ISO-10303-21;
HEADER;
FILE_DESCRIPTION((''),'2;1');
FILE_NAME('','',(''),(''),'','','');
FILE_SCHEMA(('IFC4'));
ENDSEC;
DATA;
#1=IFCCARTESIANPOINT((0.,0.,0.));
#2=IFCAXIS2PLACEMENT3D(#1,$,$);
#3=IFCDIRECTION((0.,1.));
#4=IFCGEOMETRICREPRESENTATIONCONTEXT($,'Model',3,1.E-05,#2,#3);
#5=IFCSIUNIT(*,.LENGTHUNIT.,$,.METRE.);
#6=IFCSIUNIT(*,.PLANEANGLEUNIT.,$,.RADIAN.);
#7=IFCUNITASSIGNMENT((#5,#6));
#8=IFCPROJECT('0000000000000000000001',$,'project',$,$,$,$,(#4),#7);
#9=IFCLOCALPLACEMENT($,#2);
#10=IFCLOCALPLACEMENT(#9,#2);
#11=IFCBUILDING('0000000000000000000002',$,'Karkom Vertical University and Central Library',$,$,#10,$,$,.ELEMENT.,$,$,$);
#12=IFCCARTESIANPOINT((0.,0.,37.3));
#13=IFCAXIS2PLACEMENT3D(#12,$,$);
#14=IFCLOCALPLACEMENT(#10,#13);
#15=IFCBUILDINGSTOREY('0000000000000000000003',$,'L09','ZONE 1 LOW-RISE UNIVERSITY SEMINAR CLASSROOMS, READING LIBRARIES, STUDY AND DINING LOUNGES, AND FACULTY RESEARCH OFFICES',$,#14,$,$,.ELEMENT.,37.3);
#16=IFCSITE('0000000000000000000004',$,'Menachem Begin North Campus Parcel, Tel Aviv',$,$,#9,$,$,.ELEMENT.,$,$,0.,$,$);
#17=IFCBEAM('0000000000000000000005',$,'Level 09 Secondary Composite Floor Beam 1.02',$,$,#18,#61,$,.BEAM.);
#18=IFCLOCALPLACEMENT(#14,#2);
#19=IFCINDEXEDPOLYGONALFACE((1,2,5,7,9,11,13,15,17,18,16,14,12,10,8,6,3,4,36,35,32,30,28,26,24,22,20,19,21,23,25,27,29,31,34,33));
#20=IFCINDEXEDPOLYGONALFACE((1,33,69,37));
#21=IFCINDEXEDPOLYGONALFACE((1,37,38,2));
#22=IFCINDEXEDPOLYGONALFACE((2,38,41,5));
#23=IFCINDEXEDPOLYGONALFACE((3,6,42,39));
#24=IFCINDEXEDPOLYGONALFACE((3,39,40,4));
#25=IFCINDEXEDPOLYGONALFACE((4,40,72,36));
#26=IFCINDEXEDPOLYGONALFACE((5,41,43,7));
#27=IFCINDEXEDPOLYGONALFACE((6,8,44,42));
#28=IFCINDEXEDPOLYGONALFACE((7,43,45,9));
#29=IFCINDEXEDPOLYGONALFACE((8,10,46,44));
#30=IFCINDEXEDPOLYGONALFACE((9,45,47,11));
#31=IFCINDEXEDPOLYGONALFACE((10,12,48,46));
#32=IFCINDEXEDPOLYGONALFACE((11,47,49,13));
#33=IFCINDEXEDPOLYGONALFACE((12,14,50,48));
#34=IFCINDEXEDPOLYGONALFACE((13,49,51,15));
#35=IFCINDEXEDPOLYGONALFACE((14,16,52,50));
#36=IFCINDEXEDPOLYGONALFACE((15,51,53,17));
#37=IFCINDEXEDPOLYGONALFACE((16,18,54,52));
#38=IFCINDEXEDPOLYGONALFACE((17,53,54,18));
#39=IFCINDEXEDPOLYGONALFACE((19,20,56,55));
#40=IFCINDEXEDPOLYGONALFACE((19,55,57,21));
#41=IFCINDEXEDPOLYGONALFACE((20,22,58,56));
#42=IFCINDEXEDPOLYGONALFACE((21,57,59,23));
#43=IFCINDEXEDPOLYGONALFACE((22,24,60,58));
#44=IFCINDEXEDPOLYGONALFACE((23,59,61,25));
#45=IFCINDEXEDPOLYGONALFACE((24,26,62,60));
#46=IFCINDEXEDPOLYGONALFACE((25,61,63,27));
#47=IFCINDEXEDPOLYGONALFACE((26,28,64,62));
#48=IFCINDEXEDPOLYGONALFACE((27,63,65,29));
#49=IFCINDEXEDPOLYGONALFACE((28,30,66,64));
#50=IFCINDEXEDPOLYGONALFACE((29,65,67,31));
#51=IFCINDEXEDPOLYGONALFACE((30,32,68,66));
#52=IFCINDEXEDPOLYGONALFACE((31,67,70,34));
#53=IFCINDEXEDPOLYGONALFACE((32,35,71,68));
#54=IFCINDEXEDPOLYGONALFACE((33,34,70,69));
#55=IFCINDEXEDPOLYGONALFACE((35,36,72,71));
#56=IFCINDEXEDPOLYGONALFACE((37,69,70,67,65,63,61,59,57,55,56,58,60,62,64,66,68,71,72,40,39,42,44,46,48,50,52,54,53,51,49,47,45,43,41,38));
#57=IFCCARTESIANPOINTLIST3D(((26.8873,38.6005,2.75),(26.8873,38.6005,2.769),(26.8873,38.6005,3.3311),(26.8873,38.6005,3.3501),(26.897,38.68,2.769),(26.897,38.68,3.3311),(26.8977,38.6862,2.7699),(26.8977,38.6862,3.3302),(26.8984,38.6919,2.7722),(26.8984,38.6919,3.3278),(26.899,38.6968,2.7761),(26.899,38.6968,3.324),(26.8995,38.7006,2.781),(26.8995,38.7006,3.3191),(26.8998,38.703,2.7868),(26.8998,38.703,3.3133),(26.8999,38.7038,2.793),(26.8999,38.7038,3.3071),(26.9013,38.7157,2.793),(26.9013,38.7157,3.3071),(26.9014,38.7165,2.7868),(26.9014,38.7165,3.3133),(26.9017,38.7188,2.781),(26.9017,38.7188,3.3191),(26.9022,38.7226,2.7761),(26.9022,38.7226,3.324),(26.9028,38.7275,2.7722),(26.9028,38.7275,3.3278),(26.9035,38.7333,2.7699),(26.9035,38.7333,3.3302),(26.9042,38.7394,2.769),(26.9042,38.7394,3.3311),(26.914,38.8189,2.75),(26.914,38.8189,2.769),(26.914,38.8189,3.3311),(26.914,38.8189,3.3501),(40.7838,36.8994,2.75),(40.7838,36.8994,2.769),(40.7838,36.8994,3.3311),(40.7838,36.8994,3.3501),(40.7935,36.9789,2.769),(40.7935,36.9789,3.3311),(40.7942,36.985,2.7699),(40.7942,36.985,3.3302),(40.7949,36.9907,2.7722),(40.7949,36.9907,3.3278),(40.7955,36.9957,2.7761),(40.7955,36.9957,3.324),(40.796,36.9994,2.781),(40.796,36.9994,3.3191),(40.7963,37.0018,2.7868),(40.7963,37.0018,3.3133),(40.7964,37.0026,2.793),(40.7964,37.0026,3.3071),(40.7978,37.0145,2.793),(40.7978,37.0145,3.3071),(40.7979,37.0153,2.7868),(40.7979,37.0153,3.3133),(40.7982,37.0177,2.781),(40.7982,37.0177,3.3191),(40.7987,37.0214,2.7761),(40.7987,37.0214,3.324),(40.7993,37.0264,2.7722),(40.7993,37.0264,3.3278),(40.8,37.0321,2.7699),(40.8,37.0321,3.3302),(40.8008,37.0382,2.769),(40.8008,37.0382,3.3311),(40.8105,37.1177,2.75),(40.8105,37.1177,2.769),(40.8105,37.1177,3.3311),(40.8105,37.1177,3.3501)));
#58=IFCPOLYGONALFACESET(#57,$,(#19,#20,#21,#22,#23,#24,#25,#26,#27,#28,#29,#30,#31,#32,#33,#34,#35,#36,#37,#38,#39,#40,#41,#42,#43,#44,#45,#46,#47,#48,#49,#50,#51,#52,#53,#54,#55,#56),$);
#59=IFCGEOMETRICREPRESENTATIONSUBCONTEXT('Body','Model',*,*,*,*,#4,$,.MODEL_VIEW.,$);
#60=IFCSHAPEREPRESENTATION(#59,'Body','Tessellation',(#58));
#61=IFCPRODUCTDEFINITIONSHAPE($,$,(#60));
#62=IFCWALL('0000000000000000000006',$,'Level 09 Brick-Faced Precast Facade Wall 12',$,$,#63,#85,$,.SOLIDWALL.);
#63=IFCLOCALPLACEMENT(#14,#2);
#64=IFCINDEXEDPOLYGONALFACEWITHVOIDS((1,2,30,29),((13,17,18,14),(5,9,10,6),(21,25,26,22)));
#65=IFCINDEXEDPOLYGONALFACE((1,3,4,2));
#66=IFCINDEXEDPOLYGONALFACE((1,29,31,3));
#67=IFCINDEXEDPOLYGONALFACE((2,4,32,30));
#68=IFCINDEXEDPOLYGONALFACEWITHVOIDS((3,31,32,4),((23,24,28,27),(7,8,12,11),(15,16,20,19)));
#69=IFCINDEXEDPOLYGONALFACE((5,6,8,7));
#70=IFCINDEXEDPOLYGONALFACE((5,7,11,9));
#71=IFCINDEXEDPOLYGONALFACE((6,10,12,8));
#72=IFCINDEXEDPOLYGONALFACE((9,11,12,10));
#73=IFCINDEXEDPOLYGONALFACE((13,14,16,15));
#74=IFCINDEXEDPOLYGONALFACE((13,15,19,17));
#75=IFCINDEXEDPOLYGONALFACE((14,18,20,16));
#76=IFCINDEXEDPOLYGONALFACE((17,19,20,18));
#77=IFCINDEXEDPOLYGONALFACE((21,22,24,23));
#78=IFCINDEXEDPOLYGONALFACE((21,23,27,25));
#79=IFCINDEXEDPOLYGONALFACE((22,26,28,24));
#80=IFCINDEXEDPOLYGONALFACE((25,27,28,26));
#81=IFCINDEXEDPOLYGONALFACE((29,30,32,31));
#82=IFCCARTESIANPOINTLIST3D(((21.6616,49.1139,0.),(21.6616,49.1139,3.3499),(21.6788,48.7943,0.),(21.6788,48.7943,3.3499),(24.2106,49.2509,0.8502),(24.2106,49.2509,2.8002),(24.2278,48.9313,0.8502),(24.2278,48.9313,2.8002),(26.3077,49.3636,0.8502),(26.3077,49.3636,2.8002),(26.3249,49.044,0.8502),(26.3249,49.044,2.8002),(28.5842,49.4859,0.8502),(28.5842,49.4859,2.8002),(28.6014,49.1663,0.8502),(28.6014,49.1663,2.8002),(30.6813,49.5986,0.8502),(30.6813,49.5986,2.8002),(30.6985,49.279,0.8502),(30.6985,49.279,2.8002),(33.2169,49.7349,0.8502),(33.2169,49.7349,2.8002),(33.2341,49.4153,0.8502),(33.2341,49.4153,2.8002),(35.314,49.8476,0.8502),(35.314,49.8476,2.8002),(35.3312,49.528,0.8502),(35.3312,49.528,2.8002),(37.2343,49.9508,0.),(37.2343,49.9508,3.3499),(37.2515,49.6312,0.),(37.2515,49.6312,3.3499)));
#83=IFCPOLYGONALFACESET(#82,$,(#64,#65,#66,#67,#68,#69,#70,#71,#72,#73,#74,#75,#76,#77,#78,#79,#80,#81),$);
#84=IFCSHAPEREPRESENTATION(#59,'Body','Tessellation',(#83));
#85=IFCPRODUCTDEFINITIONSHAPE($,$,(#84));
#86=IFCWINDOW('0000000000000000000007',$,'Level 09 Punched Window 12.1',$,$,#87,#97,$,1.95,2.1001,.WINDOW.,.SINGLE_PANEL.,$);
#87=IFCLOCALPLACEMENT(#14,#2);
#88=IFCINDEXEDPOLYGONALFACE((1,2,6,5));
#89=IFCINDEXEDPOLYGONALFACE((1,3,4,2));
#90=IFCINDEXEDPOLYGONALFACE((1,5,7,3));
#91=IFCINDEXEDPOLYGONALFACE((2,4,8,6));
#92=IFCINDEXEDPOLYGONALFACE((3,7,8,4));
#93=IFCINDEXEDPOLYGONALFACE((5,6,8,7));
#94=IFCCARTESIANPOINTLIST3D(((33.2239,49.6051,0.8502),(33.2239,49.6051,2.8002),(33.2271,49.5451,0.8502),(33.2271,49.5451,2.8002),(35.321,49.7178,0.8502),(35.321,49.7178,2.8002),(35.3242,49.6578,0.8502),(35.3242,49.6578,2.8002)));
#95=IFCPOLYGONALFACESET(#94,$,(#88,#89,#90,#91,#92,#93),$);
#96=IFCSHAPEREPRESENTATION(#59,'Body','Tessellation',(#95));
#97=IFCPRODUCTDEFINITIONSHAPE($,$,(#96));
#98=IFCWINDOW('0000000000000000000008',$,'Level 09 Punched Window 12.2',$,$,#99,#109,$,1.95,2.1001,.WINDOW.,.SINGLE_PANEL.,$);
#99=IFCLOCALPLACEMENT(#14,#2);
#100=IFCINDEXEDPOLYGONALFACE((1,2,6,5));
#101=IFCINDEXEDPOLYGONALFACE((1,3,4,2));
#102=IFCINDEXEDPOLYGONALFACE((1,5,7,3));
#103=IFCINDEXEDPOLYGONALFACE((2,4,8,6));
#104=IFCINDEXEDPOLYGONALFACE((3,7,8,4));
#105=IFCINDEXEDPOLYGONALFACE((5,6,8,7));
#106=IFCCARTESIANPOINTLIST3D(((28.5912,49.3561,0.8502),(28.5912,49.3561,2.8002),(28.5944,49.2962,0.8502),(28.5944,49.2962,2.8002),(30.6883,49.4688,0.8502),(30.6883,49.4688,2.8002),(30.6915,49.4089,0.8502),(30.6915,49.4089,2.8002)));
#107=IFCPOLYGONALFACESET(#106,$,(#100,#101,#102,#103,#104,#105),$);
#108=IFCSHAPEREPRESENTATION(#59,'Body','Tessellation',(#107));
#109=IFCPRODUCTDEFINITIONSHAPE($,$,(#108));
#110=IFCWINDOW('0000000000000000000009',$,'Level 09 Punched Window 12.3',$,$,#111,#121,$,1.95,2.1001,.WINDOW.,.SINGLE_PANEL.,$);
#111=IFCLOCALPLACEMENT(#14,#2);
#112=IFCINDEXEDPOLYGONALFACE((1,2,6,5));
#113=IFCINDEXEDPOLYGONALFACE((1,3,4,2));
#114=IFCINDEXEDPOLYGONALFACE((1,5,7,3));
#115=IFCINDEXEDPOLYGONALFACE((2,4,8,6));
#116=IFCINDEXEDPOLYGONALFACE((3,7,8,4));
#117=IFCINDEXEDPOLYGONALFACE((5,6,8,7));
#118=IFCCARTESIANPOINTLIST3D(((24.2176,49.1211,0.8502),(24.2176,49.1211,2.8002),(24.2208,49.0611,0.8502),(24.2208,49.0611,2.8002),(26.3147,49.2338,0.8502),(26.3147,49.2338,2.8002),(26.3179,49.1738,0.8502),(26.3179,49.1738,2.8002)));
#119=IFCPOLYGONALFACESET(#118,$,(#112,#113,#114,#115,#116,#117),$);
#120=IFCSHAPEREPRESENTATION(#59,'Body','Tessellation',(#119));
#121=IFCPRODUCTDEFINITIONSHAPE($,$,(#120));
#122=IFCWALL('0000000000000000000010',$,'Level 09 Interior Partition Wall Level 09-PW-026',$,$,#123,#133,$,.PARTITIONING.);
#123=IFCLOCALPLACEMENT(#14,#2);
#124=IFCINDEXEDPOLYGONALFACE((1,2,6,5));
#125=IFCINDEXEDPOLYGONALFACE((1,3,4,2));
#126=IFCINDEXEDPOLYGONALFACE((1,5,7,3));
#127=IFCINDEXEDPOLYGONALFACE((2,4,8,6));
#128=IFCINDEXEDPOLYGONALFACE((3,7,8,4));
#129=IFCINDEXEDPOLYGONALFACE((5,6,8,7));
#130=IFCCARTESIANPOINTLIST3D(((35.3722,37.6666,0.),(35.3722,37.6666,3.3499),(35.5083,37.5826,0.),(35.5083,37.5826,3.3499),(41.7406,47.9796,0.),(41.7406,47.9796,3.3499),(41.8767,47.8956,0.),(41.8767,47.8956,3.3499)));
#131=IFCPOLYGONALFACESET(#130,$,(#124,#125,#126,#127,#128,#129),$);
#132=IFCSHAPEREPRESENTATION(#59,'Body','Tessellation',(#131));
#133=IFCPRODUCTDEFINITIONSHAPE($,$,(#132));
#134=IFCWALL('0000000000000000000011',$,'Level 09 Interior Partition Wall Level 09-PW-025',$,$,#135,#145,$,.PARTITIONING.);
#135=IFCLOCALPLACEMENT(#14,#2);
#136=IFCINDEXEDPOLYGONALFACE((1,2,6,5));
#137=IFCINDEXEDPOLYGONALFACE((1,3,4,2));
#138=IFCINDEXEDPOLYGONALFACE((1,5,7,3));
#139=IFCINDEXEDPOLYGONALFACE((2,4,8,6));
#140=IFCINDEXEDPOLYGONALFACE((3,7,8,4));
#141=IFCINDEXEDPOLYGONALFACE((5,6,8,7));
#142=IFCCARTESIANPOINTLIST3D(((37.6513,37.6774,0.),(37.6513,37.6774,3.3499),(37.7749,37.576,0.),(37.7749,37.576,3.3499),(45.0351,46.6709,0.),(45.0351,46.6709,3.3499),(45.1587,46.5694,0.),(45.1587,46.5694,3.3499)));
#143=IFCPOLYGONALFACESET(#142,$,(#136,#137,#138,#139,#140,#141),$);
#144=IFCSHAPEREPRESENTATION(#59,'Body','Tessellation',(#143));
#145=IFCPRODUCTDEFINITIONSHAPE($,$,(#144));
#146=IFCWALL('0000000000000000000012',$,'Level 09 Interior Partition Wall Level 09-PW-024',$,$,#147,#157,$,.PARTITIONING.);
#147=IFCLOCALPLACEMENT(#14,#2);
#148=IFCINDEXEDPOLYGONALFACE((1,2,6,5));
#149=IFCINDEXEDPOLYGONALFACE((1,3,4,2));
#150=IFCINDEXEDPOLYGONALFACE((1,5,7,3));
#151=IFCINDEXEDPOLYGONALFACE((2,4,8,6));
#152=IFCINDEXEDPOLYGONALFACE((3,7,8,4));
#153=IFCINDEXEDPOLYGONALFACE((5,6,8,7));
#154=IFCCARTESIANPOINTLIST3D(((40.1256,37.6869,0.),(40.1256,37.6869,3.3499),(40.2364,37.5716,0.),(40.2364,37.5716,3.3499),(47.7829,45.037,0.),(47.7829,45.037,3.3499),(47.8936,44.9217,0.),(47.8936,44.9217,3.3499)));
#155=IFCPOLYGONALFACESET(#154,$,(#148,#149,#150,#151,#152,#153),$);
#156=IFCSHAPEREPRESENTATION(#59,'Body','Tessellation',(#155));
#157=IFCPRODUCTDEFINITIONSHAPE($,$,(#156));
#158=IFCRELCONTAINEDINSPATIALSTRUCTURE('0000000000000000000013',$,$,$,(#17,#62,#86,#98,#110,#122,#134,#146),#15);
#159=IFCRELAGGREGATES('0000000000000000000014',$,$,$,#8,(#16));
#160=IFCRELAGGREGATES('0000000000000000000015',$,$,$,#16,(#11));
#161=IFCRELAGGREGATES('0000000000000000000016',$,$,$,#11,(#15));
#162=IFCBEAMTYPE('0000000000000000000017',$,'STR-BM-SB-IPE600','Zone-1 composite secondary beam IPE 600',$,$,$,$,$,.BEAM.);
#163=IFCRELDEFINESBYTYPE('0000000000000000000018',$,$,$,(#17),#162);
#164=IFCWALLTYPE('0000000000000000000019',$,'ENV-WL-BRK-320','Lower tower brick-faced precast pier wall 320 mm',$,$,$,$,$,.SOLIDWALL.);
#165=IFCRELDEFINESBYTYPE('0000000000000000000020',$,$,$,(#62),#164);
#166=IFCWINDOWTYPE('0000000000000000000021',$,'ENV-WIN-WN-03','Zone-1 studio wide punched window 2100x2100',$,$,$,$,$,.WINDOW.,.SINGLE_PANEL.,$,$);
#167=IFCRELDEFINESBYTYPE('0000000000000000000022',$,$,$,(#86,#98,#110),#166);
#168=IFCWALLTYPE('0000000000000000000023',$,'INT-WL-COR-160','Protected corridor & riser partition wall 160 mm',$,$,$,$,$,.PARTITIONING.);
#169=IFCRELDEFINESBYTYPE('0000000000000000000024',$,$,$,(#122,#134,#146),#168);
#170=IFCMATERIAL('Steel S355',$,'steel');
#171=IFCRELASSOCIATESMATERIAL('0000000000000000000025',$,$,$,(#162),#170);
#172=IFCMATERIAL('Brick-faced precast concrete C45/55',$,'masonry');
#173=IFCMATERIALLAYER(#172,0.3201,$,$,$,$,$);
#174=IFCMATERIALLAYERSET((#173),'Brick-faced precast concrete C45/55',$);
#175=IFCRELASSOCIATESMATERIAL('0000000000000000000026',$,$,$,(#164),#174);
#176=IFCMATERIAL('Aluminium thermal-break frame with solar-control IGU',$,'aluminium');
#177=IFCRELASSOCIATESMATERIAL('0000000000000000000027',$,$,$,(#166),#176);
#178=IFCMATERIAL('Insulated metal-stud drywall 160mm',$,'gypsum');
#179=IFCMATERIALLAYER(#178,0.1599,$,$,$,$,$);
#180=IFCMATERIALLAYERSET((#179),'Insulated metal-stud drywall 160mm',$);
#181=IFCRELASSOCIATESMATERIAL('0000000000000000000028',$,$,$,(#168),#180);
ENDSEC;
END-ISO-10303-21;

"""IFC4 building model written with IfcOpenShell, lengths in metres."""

from ifc_helpers import new_model, si_unit, direction, frame, frame_2d, origin, origin_with_axes, origin_2d, place, context, subcontext, project, spatial, rectangle, i_section, extrude, source, transform, mapped, material, layer, layer_set, material_profile, profile_set, type_object, element, fill, save


model = new_model("IFC4")

# Units and contexts
model_context = context("Model", 3, precision=1e-05, world=origin(), true_north=direction((0.0, 1.0)))
body_context = subcontext(model_context, "Body", "Model", "MODEL_VIEW")
ifc_project = project(units=[si_unit("LENGTHUNIT", "METRE"), si_unit("PLANEANGLEUNIT", "RADIAN")], contexts=[model_context])

# Site, building, storey
site_placement = place(None, origin())
site = spatial("IfcSite", under=ifc_project, at=site_placement, Name="Menachem Begin North Campus Parcel, Tel Aviv", CompositionType="ELEMENT", RefElevation=0.0)
building_placement = place(site_placement, origin())
building = spatial("IfcBuilding", under=site, at=building_placement, Name="Karkom Vertical University and Central Library", CompositionType="ELEMENT")
storey_placement = place(building_placement, frame((0.0, 0.0, 37.3)))
storey = spatial("IfcBuildingStorey", under=building, at=storey_placement, Name="L09", Description="ZONE 1 LOW-RISE UNIVERSITY SEMINAR CLASSROOMS, READING LIBRARIES, STUDY AND DINING LOUNGES, AND FACULTY RESEARCH OFFICES", CompositionType="ELEMENT", Elevation=37.3)

# Beam
ifc_material_1 = material(Name="Steel S355", Category="steel")
ifc_material_profile = material_profile(ifc_material_1, i_section(OverallWidth=0.22, OverallDepth=0.6001, WebThickness=0.012, FlangeThickness=0.019, FilletRadius=0.0239, at=origin_2d()), Name="IPE 600")
ifc_profile_set = profile_set([ifc_material_profile], Name="Steel S355")
beam_type = type_object("IfcBeamType", Name="STR-BM-SB-IPE600", Description="Zone-1 composite secondary beam IPE 600", PredefinedType="BEAM", material=ifc_profile_set)
shared_shape_1 = source(origin_with_axes(), body_context, "Body", "SweptSolid", [
    extrude(i_section(OverallWidth=0.22, OverallDepth=0.6001, WebThickness=0.012, FlangeThickness=0.019, FilletRadius=0.0239, at=origin_2d()), origin(), (0.0, 0.0, 1.0), 14.0002),
])
beam_placement = place(storey_placement, frame((40.7971, 37.0085, 3.05), z_axis=(-0.99259, 0.12151, 0.0), x_axis=(-0.12151, -0.99259, 0.0)))
element("IfcBeam", 1, at=beam_placement, inside=storey, type_object=beam_type, Name="Level 09 Secondary Composite Floor Beam 1.02", PredefinedType="BEAM", context=body_context, shape_type="MappedRepresentation", body=[
    mapped(shared_shape_1, transform((0.0, 0.0, 0.0), scale=1.0)),
])

# Wall, openings, windows
ifc_material_2 = material(Name="Brick-faced precast concrete C45/55", Category="masonry")
ifc_layer_1 = layer(ifc_material_2, 0.3201)
ifc_layer_set_1 = layer_set([ifc_layer_1], Name="Brick-faced precast concrete C45/55")
wall_type_1 = type_object("IfcWallType", Name="ENV-WL-BRK-320", Description="Lower tower brick-faced precast pier wall 320 mm", PredefinedType="SOLIDWALL", material=ifc_layer_set_1)
wall_1_placement = place(storey_placement, frame((37.2429, 49.791, 0.0), z_axis=(0.0, 0.0, 1.0), x_axis=(-0.998559, -0.053665, 0.0)))
wall_1 = element("IfcWall", 2, at=wall_1_placement, inside=storey, type_object=wall_type_1, Name="Level 09 Brick-Faced Precast Facade Wall 12", PredefinedType="SOLIDWALL", context=body_context, shape_type="SweptSolid", body=[
    extrude(rectangle(XDim=15.5952, YDim=0.3201, at=frame_2d((7.7976, 0.0))), origin(), (0.0, 0.0, 1.0), 3.3499),
])
opening_1_placement = place(wall_1_placement, frame((1.9231, 0.0, 0.8501)))
opening_1 = element("IfcOpeningElement", 3, at=opening_1_placement, cuts=wall_1, PredefinedType="OPENING", context=body_context, shape_type="SweptSolid", body=[
    extrude(rectangle(XDim=2.1001, YDim=1.95, at=frame_2d((1.05, 0.9751))), frame((0.0, 0.1699, 0.0), z_axis=(0.0, -1.0, 0.0), x_axis=(1.0, 0.0, 0.0)), (0.0, 0.0, 1.0), 0.3401),
])
opening_2_placement = place(wall_1_placement, frame((6.5625, 0.0, 0.8501)))
opening_2 = element("IfcOpeningElement", 4, at=opening_2_placement, cuts=wall_1, PredefinedType="OPENING", context=body_context, shape_type="SweptSolid", body=[
    extrude(rectangle(XDim=2.1001, YDim=1.95, at=frame_2d((1.05, 0.9751))), frame((0.0, 0.1699, 0.0), z_axis=(0.0, -1.0, 0.0), x_axis=(1.0, 0.0, 0.0)), (0.0, 0.0, 1.0), 0.3401),
])
opening_3_placement = place(wall_1_placement, frame((10.9424, 0.0, 0.8501)))
opening_3 = element("IfcOpeningElement", 5, at=opening_3_placement, cuts=wall_1, PredefinedType="OPENING", context=body_context, shape_type="SweptSolid", body=[
    extrude(rectangle(XDim=2.1001, YDim=1.95, at=frame_2d((1.05, 0.9751))), frame((0.0, 0.1699, 0.0), z_axis=(0.0, -1.0, 0.0), x_axis=(1.0, 0.0, 0.0)), (0.0, 0.0, 1.0), 0.3401),
])
ifc_material_3 = material(Name="Aluminium thermal-break frame with solar-control IGU", Category="aluminium")
window_type = type_object("IfcWindowType", Name="ENV-WIN-WN-03", Description="Zone-1 studio wide punched window 2100x2100", PartitioningType="SINGLE_PANEL", PredefinedType="WINDOW", material=ifc_material_3)
shared_shape_2 = source(origin_with_axes(), body_context, "Body", "SweptSolid", [
    extrude(rectangle(XDim=2.1001, YDim=1.95, at=frame_2d((1.05, 0.9751))), frame((0.0, 0.03, 0.0), z_axis=(0.0, -1.0, 0.0), x_axis=(1.0, 0.0, 0.0)), (0.0, 0.0, 1.0), 0.0601),
])
window_1_placement = place(opening_1_placement, origin())
window_1 = element("IfcWindow", 6, at=window_1_placement, inside=storey, type_object=window_type, Name="Level 09 Punched Window 12.1", OverallHeight=1.95, OverallWidth=2.1001, PartitioningType="SINGLE_PANEL", PredefinedType="WINDOW", context=body_context, shape_type="MappedRepresentation", body=[
    mapped(shared_shape_2, transform((0.0, 0.0, 0.0), scale=1.0)),
])
fill(opening_1, window_1)
window_2_placement = place(opening_2_placement, origin())
window_2 = element("IfcWindow", 7, at=window_2_placement, inside=storey, type_object=window_type, Name="Level 09 Punched Window 12.2", OverallHeight=1.95, OverallWidth=2.1001, PartitioningType="SINGLE_PANEL", PredefinedType="WINDOW", context=body_context, shape_type="MappedRepresentation", body=[
    mapped(shared_shape_2, transform((0.0, 0.0, 0.0), scale=1.0)),
])
fill(opening_2, window_2)
window_3_placement = place(opening_3_placement, origin())
window_3 = element("IfcWindow", 8, at=window_3_placement, inside=storey, type_object=window_type, Name="Level 09 Punched Window 12.3", OverallHeight=1.95, OverallWidth=2.1001, PartitioningType="SINGLE_PANEL", PredefinedType="WINDOW", context=body_context, shape_type="MappedRepresentation", body=[
    mapped(shared_shape_2, transform((0.0, 0.0, 0.0), scale=1.0)),
])
fill(opening_3, window_3)

# Shared definitions
ifc_material_4 = material(Name="Insulated metal-stud drywall 160mm", Category="gypsum")
ifc_layer_2 = layer(ifc_material_4, 0.1599)
ifc_layer_set_2 = layer_set([ifc_layer_2], Name="Insulated metal-stud drywall 160mm")
wall_type_2 = type_object("IfcWallType", Name="INT-WL-COR-160", Description="Protected corridor & riser partition wall 160 mm", PredefinedType="PARTITIONING", material=ifc_layer_set_2)

# Walls
wall_2_placement = place(storey_placement, frame((35.4402, 37.6245, 0.0), z_axis=(0.0, 0.0, 1.0), x_axis=(0.525411, 0.850849, 0.0)))
element("IfcWall", 9, at=wall_2_placement, inside=storey, type_object=wall_type_2, Name="Level 09 Interior Partition Wall Level 09-PW-026", PredefinedType="PARTITIONING", context=body_context, shape_type="SweptSolid", body=[
    extrude(rectangle(XDim=12.1208, YDim=0.1599, at=frame_2d((6.0605, 0.0))), origin(), (0.0, 0.0, 1.0), 3.3499),
])
wall_3_placement = place(storey_placement, frame((37.7131, 37.6267, 0.0), z_axis=(0.0, 0.0, 1.0), x_axis=(0.634552, 0.77288, 0.0)))
element("IfcWall", 10, at=wall_3_placement, inside=storey, type_object=wall_type_2, Name="Level 09 Interior Partition Wall Level 09-PW-025", PredefinedType="PARTITIONING", context=body_context, shape_type="SweptSolid", body=[
    extrude(rectangle(XDim=11.6362, YDim=0.1599, at=frame_2d((5.8181, 0.0))), origin(), (0.0, 0.0, 1.0), 3.3499),
])
wall_4_placement = place(storey_placement, frame((40.1809, 37.6292, 0.0), z_axis=(0.0, 0.0, 1.0), x_axis=(0.721427, 0.692491, 0.0)))
element("IfcWall", 11, at=wall_4_placement, inside=storey, type_object=wall_type_2, Name="Level 09 Interior Partition Wall Level 09-PW-024", PredefinedType="PARTITIONING", context=body_context, shape_type="SweptSolid", body=[
    extrude(rectangle(XDim=10.614, YDim=0.1599, at=frame_2d((5.3071, 0.0))), origin(), (0.0, 0.0, 1.0), 3.3499),
])

save(model, "model.ifc")
